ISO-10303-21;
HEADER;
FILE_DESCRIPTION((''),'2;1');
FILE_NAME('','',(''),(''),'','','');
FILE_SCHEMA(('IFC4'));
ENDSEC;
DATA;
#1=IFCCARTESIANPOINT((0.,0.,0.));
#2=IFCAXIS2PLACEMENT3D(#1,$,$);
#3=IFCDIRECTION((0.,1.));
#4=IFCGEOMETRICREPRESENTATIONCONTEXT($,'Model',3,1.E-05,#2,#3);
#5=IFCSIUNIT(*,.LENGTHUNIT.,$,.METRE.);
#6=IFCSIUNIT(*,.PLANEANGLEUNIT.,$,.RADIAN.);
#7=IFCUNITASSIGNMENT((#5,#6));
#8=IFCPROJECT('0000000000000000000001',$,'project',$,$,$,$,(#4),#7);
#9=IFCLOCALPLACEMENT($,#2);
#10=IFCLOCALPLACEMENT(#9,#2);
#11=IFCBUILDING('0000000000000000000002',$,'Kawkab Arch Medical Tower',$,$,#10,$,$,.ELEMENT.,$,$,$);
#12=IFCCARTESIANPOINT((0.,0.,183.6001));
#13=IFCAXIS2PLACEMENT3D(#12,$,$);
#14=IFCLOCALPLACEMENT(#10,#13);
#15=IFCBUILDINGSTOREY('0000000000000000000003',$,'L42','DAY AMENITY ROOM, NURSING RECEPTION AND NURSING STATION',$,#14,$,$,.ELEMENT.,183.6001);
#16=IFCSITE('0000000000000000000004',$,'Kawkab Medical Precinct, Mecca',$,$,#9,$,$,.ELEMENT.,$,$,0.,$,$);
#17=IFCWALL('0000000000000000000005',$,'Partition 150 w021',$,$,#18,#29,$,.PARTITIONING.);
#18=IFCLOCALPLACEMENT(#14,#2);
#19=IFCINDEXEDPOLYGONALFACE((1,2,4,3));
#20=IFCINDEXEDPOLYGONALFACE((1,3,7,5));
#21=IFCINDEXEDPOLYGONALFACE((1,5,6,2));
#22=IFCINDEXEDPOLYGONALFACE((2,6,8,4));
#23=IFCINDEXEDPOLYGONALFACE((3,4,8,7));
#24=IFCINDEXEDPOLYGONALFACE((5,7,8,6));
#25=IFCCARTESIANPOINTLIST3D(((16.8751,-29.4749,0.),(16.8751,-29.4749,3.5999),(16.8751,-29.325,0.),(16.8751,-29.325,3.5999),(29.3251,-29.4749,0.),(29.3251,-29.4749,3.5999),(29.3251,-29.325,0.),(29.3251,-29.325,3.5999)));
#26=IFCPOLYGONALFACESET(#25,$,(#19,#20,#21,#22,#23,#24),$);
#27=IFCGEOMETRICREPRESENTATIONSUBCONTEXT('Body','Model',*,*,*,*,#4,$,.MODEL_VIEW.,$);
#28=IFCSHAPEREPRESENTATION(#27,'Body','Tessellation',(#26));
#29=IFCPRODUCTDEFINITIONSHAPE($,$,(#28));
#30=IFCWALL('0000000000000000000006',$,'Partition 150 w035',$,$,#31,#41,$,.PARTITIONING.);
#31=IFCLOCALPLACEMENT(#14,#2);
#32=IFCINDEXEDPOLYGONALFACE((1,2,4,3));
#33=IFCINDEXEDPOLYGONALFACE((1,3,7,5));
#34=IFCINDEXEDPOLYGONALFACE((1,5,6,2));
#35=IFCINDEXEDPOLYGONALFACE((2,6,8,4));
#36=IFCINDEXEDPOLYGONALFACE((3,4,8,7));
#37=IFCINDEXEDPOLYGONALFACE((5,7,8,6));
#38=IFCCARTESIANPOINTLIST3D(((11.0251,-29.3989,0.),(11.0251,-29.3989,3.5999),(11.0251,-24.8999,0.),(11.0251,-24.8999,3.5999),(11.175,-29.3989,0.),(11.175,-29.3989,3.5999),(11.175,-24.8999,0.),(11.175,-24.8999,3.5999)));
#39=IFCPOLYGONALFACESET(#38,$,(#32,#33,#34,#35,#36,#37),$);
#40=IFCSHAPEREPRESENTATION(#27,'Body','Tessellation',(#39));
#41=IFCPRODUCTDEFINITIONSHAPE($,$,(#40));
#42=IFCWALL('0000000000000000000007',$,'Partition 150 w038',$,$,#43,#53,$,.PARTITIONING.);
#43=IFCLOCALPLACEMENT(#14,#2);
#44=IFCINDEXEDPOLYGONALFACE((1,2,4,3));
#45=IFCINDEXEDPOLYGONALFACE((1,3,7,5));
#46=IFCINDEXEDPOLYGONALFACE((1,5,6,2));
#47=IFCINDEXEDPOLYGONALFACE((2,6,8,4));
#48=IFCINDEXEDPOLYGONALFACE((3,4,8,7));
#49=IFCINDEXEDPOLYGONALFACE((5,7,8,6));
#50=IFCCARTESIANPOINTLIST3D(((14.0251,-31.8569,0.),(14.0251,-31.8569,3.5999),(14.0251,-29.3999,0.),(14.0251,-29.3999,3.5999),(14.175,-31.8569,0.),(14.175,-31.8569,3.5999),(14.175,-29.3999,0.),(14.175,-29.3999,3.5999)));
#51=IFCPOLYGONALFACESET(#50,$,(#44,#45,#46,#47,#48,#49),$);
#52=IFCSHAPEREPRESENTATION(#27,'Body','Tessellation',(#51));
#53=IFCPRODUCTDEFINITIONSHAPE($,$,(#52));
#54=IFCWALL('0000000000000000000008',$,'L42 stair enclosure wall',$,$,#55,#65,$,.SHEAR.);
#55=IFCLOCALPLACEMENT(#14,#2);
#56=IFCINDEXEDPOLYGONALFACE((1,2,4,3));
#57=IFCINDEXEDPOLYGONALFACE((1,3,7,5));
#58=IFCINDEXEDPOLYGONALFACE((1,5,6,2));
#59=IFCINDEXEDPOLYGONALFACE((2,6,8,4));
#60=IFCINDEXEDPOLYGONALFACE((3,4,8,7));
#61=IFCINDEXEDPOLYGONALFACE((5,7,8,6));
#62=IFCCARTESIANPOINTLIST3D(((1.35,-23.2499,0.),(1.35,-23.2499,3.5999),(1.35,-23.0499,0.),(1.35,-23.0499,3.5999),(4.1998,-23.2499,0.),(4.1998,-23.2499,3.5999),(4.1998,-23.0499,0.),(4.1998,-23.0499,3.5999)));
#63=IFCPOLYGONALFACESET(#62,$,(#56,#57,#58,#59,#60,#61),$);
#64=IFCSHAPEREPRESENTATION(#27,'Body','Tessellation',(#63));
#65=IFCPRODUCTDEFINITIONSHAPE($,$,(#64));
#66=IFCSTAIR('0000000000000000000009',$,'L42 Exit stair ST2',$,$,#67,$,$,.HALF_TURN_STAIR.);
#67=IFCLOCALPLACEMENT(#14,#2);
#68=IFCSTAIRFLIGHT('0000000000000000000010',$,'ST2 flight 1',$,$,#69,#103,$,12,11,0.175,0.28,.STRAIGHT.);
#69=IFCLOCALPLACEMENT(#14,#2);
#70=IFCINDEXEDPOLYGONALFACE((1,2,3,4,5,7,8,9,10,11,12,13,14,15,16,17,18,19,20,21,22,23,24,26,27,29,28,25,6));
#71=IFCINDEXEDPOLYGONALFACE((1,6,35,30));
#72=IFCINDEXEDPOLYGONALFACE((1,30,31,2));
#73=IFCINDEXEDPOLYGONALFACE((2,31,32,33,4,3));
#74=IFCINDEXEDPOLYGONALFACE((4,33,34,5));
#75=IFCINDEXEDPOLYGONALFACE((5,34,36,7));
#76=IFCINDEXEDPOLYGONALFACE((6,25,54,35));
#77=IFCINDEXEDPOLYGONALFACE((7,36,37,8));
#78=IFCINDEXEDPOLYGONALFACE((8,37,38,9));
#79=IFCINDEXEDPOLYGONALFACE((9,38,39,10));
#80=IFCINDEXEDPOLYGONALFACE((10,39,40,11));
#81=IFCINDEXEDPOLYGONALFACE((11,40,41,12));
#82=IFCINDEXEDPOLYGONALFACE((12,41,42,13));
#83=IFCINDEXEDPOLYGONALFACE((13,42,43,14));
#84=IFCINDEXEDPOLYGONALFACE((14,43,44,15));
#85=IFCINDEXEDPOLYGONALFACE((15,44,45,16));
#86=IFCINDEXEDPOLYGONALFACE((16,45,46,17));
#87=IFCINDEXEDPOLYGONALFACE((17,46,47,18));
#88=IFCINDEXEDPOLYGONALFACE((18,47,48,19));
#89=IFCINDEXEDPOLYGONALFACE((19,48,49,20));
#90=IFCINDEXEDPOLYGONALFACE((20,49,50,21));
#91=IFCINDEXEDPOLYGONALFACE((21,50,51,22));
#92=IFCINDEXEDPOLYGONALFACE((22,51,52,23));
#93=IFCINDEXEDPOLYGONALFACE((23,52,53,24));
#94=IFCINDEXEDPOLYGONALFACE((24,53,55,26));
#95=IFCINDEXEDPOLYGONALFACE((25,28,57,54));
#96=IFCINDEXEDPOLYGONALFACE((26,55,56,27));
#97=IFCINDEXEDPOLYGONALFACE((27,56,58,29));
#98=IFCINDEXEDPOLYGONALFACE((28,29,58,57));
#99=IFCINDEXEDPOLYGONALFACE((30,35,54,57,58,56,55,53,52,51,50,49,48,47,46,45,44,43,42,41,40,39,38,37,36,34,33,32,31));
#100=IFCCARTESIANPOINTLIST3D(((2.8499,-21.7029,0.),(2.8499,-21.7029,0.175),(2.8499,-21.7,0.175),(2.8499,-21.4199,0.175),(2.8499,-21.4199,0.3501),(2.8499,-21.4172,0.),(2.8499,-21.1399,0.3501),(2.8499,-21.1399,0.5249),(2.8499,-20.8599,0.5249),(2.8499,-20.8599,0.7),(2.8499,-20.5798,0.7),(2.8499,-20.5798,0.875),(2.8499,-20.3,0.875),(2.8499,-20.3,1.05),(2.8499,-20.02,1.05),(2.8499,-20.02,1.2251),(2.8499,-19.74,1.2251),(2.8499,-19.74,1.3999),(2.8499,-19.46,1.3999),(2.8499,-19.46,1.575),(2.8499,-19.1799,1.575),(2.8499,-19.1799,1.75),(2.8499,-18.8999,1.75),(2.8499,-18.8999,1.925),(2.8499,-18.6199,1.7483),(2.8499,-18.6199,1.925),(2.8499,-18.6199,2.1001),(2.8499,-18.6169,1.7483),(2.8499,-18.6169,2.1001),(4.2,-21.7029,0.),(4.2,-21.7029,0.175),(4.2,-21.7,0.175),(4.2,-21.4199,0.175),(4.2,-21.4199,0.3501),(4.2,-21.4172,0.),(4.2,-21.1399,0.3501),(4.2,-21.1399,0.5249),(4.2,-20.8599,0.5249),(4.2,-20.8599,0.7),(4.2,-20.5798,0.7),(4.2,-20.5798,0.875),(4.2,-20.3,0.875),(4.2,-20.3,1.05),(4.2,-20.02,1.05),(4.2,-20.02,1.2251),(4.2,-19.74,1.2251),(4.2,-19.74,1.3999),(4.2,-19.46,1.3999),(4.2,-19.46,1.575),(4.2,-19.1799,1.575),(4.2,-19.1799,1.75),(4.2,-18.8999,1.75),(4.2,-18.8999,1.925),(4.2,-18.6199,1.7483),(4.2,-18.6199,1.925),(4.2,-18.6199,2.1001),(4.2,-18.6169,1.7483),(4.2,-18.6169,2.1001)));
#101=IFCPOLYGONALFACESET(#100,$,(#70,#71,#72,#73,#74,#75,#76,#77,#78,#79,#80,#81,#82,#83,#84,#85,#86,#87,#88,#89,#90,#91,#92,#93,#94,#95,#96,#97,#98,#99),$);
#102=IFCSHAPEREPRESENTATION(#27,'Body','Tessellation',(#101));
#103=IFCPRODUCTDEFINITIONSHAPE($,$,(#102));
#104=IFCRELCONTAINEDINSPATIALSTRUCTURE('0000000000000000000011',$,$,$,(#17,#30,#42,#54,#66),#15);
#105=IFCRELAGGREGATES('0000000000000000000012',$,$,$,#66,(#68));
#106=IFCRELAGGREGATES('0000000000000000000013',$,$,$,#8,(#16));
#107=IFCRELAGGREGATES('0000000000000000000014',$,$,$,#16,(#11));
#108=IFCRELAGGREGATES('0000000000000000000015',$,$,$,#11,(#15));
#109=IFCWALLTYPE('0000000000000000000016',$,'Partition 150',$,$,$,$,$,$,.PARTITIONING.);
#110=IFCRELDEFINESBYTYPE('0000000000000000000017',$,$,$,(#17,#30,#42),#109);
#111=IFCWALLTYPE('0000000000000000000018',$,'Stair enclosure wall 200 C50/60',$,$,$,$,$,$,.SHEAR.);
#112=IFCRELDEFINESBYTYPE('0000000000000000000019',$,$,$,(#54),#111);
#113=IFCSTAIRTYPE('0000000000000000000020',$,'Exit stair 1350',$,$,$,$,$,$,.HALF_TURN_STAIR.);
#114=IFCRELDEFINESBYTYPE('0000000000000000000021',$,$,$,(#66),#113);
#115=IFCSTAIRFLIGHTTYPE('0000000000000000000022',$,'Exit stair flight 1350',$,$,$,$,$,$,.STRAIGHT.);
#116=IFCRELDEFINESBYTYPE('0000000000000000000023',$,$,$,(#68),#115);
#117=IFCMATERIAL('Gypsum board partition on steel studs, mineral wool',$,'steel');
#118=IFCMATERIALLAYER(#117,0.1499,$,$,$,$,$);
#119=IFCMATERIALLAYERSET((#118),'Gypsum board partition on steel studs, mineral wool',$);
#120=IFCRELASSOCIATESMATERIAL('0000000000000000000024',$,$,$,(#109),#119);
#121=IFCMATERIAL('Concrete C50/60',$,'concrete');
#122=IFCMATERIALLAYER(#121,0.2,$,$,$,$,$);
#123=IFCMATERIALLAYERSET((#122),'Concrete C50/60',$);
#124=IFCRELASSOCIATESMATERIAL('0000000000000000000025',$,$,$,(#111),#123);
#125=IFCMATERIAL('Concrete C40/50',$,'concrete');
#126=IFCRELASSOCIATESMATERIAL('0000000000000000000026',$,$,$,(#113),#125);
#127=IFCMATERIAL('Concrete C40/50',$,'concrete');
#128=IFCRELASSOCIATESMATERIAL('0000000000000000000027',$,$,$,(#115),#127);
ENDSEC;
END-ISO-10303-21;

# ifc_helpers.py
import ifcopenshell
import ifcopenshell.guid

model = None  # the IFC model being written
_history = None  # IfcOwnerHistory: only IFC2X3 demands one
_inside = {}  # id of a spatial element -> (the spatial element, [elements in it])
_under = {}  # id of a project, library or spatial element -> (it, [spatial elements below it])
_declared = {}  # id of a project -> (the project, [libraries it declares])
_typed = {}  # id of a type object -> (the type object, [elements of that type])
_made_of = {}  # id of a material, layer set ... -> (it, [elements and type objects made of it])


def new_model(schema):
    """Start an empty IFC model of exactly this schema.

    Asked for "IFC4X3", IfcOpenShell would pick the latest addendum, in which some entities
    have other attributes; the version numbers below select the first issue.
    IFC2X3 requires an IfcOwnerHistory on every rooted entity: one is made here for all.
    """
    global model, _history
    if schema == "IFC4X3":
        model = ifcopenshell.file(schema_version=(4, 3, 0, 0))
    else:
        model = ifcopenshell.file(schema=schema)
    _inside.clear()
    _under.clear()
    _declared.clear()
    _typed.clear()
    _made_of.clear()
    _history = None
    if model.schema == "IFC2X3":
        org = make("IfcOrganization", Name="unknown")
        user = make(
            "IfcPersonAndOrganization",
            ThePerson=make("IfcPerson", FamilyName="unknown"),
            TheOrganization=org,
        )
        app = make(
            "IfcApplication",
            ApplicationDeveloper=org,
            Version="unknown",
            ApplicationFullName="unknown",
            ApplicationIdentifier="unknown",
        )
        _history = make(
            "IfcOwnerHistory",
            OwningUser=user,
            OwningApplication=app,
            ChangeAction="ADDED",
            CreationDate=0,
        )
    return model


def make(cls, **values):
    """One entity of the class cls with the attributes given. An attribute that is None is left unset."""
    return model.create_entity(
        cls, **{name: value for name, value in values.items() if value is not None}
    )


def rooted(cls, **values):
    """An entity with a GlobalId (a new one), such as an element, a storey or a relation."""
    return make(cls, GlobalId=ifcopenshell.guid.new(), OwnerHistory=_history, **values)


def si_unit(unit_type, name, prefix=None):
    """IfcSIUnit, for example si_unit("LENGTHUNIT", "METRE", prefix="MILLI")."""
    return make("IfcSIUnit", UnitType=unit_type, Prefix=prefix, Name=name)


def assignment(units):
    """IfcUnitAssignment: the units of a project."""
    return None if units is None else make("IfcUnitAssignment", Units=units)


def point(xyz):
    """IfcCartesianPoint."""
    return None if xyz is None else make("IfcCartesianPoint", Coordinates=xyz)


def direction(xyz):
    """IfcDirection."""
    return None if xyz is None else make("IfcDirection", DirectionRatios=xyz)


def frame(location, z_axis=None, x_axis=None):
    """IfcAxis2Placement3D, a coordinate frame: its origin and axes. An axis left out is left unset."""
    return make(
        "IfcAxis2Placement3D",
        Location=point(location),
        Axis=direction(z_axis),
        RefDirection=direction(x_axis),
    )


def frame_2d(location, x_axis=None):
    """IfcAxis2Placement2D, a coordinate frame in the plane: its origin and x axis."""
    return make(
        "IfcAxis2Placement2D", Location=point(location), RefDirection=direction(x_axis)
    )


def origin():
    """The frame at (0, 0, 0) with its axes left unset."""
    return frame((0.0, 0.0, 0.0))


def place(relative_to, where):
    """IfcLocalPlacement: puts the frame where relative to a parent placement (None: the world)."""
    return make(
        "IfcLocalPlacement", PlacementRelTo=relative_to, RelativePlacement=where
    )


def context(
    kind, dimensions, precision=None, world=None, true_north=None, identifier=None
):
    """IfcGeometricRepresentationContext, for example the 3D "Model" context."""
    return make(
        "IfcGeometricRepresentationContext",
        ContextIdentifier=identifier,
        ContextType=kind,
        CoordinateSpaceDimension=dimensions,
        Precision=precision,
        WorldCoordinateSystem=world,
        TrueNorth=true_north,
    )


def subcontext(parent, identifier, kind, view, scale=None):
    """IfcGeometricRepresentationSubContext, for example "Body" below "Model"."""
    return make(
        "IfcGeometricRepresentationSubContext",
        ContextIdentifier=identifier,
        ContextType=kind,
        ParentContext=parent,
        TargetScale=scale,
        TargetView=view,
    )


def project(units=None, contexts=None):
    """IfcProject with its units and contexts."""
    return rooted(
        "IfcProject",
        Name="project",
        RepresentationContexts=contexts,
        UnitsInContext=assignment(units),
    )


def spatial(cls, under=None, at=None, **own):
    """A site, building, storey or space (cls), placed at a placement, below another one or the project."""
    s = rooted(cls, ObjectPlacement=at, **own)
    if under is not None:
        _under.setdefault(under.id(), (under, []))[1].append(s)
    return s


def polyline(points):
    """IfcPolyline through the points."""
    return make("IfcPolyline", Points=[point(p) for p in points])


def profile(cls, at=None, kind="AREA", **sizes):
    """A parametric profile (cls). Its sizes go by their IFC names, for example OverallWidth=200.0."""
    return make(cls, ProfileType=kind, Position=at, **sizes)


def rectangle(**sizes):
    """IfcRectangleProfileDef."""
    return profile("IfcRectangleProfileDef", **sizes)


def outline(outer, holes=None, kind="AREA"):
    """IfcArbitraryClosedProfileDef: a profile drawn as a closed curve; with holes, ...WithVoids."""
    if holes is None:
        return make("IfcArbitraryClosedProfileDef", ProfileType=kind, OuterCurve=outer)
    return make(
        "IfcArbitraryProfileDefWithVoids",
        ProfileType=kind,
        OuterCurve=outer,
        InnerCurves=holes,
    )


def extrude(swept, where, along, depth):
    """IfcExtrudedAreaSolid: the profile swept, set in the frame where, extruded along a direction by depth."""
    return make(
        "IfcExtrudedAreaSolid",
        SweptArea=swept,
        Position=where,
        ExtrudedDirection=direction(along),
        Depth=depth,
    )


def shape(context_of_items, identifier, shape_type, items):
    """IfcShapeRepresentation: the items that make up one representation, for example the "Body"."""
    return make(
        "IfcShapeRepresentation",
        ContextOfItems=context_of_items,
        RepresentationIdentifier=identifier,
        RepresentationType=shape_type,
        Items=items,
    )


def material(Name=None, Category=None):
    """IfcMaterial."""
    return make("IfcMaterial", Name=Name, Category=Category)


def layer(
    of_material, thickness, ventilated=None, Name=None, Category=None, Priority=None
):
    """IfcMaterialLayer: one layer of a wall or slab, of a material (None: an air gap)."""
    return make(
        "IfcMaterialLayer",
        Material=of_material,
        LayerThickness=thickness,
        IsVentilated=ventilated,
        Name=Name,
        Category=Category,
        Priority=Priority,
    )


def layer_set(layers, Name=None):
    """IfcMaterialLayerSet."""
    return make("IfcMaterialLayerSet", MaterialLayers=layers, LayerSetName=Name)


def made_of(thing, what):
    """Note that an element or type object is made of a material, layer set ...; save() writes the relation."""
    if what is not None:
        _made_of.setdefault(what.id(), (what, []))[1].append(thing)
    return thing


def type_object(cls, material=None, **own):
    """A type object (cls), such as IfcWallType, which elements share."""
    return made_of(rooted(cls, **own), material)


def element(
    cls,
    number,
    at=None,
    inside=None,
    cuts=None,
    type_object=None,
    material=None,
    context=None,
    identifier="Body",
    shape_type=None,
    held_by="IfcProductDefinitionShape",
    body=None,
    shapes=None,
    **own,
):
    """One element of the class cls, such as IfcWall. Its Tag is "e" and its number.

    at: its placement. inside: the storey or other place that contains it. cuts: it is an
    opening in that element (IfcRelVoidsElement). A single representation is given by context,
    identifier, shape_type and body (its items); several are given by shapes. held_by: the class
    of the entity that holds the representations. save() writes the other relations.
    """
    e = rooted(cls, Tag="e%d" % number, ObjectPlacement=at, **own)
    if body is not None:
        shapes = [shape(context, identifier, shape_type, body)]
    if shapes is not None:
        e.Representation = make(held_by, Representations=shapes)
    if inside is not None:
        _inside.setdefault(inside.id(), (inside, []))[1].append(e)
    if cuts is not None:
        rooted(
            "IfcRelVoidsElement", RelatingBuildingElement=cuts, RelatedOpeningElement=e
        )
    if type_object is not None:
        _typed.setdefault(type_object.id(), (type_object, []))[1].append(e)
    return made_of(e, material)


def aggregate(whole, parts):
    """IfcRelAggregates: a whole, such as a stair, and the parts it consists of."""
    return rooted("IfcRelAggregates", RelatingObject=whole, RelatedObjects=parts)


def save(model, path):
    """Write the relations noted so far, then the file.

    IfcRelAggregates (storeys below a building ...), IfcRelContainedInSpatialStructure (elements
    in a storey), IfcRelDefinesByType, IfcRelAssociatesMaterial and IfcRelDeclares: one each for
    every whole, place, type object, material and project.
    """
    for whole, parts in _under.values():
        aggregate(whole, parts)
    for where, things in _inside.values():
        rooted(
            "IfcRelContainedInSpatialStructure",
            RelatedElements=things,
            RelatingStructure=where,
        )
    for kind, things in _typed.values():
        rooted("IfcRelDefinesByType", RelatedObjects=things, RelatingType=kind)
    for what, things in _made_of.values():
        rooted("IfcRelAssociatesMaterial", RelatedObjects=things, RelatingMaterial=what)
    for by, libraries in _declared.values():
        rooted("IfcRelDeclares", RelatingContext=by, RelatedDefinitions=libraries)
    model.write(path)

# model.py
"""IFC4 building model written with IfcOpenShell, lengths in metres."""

from ifc_helpers import new_model, si_unit, direction, frame, frame_2d, origin, place, context, subcontext, project, spatial, polyline, rectangle, outline, extrude, material, layer, layer_set, type_object, element, aggregate, save


model = new_model("IFC4")

# Units and contexts
model_context = context("Model", 3, precision=1e-05, world=origin(), true_north=direction((0.0, 1.0)))
body_context = subcontext(model_context, "Body", "Model", "MODEL_VIEW")
ifc_project = project(units=[si_unit("LENGTHUNIT", "METRE"), si_unit("PLANEANGLEUNIT", "RADIAN")], contexts=[model_context])

# Site, building, storey
site_placement = place(None, origin())
site = spatial("IfcSite", under=ifc_project, at=site_placement, Name="Kawkab Medical Precinct, Mecca", CompositionType="ELEMENT", RefElevation=0.0)
building_placement = place(site_placement, origin())
building = spatial("IfcBuilding", under=site, at=building_placement, Name="Kawkab Arch Medical Tower", CompositionType="ELEMENT")
storey_placement = place(building_placement, frame((0.0, 0.0, 183.6001)))
storey = spatial("IfcBuildingStorey", under=building, at=storey_placement, Name="L42", Description="DAY AMENITY ROOM, NURSING RECEPTION AND NURSING STATION", CompositionType="ELEMENT", Elevation=183.6001)

# Walls
ifc_material_1 = material(Name="Gypsum board partition on steel studs, mineral wool", Category="steel")
ifc_layer_1 = layer(ifc_material_1, 0.1499)
ifc_layer_set_1 = layer_set([ifc_layer_1], Name="Gypsum board partition on steel studs, mineral wool")
wall_type_1 = type_object("IfcWallType", Name="Partition 150", PredefinedType="PARTITIONING", material=ifc_layer_set_1)
wall_1_placement = place(storey_placement, frame((16.875, -29.3999, 0.0), z_axis=(0.0, 0.0, 1.0), x_axis=(1.0, 0.0, 0.0)))
element("IfcWall", 1, at=wall_1_placement, inside=storey, type_object=wall_type_1, Name="Partition 150 w021", PredefinedType="PARTITIONING", context=body_context, shape_type="SweptSolid", body=[
    extrude(rectangle(XDim=12.45, YDim=0.1499, at=frame_2d((6.2251, 0.0))), origin(), (0.0, 0.0, 1.0), 3.5999),
])
wall_2_placement = place(storey_placement, frame((11.1001, -29.3989, 0.0), z_axis=(0.0, 0.0, 1.0), x_axis=(0.0, 1.0, 0.0)))
element("IfcWall", 2, at=wall_2_placement, inside=storey, type_object=wall_type_1, Name="Partition 150 w035", PredefinedType="PARTITIONING", context=body_context, shape_type="SweptSolid", body=[
    extrude(rectangle(XDim=4.499, YDim=0.1499, at=frame_2d((2.2495, 0.0))), origin(), (0.0, 0.0, 1.0), 3.5999),
])
wall_3_placement = place(storey_placement, frame((14.1001, -31.8569, 0.0), z_axis=(0.0, 0.0, 1.0), x_axis=(0.0, 1.0, 0.0)))
element("IfcWall", 3, at=wall_3_placement, inside=storey, type_object=wall_type_1, Name="Partition 150 w038", PredefinedType="PARTITIONING", context=body_context, shape_type="SweptSolid", body=[
    extrude(rectangle(XDim=2.457, YDim=0.1499, at=frame_2d((1.2285, 0.0))), origin(), (0.0, 0.0, 1.0), 3.5999),
])
ifc_material_2 = material(Name="Concrete C50/60", Category="concrete")
ifc_layer_2 = layer(ifc_material_2, 0.2)
ifc_layer_set_2 = layer_set([ifc_layer_2], Name="Concrete C50/60")
wall_type_2 = type_object("IfcWallType", Name="Stair enclosure wall 200 C50/60", PredefinedType="SHEAR", material=ifc_layer_set_2)
wall_4_placement = place(storey_placement, frame((1.3501, -23.1499, 0.0), z_axis=(0.0, 0.0, 1.0), x_axis=(1.0, 0.0, 0.0)))
element("IfcWall", 4, at=wall_4_placement, inside=storey, type_object=wall_type_2, Name="L42 stair enclosure wall", PredefinedType="SHEAR", context=body_context, shape_type="SweptSolid", body=[
    extrude(rectangle(XDim=2.8499, YDim=0.2, at=frame_2d((1.4248, 0.0))), origin(), (0.0, 0.0, 1.0), 3.5999),
])

# Stair, stair flight
ifc_material_3 = material(Name="Concrete C40/50", Category="concrete")
stair_type = type_object("IfcStairType", Name="Exit stair 1350", PredefinedType="HALF_TURN_STAIR", material=ifc_material_3)
stair_placement = place(storey_placement, origin())
stair = element("IfcStair", 5, at=stair_placement, inside=storey, type_object=stair_type, Name="L42 Exit stair ST2", PredefinedType="HALF_TURN_STAIR")
ifc_material_4 = material(Name="Concrete C40/50", Category="concrete")
stair_flight_type = type_object("IfcStairFlightType", Name="Exit stair flight 1350", PredefinedType="STRAIGHT", material=ifc_material_4)
stair_flight_placement = place(storey_placement, frame((3.5249, -21.7, 0.0), z_axis=(0.0, 0.0, 1.0), x_axis=(0.0, 1.0, 0.0)))
stair_flight = element("IfcStairFlight", 6, at=stair_flight_placement, type_object=stair_flight_type, Name="ST2 flight 1", NumberOfRisers=12, NumberOfTreads=11, PredefinedType="STRAIGHT", RiserHeight=0.175, TreadLength=0.28, context=body_context, shape_type="SweptSolid", body=[
    extrude(outline(polyline([(-0.0029, 0.0), (-0.0029, 0.175), (0.0, 0.175), (0.28, 0.175), (0.28, 0.3501), (0.5601, 0.3501), (0.5601, 0.5249), (0.8401, 0.5249), (0.8401, 0.7), (1.1201, 0.7), (1.1201, 0.875), (1.3999, 0.875), (1.3999, 1.05), (1.6799, 1.05), (1.6799, 1.2251), (1.96, 1.2251), (1.96, 1.3999), (2.24, 1.3999), (2.24, 1.575), (2.52, 1.575), (2.52, 1.75), (2.8, 1.75), (2.8, 1.925), (3.0801, 1.925), (3.0801, 2.1001), (3.083, 2.1001), (3.083, 1.7483), (3.0801, 1.7483), (0.2827, 0.0), (-0.0029, 0.0)])), frame((0.0, 0.675, 0.0), z_axis=(0.0, -1.0, 0.0), x_axis=(1.0, 0.0, 0.0)), (0.0, 0.0, 1.0), 1.3501),
])
aggregate(stair, [stair_flight])

save(model, "model.ifc")
